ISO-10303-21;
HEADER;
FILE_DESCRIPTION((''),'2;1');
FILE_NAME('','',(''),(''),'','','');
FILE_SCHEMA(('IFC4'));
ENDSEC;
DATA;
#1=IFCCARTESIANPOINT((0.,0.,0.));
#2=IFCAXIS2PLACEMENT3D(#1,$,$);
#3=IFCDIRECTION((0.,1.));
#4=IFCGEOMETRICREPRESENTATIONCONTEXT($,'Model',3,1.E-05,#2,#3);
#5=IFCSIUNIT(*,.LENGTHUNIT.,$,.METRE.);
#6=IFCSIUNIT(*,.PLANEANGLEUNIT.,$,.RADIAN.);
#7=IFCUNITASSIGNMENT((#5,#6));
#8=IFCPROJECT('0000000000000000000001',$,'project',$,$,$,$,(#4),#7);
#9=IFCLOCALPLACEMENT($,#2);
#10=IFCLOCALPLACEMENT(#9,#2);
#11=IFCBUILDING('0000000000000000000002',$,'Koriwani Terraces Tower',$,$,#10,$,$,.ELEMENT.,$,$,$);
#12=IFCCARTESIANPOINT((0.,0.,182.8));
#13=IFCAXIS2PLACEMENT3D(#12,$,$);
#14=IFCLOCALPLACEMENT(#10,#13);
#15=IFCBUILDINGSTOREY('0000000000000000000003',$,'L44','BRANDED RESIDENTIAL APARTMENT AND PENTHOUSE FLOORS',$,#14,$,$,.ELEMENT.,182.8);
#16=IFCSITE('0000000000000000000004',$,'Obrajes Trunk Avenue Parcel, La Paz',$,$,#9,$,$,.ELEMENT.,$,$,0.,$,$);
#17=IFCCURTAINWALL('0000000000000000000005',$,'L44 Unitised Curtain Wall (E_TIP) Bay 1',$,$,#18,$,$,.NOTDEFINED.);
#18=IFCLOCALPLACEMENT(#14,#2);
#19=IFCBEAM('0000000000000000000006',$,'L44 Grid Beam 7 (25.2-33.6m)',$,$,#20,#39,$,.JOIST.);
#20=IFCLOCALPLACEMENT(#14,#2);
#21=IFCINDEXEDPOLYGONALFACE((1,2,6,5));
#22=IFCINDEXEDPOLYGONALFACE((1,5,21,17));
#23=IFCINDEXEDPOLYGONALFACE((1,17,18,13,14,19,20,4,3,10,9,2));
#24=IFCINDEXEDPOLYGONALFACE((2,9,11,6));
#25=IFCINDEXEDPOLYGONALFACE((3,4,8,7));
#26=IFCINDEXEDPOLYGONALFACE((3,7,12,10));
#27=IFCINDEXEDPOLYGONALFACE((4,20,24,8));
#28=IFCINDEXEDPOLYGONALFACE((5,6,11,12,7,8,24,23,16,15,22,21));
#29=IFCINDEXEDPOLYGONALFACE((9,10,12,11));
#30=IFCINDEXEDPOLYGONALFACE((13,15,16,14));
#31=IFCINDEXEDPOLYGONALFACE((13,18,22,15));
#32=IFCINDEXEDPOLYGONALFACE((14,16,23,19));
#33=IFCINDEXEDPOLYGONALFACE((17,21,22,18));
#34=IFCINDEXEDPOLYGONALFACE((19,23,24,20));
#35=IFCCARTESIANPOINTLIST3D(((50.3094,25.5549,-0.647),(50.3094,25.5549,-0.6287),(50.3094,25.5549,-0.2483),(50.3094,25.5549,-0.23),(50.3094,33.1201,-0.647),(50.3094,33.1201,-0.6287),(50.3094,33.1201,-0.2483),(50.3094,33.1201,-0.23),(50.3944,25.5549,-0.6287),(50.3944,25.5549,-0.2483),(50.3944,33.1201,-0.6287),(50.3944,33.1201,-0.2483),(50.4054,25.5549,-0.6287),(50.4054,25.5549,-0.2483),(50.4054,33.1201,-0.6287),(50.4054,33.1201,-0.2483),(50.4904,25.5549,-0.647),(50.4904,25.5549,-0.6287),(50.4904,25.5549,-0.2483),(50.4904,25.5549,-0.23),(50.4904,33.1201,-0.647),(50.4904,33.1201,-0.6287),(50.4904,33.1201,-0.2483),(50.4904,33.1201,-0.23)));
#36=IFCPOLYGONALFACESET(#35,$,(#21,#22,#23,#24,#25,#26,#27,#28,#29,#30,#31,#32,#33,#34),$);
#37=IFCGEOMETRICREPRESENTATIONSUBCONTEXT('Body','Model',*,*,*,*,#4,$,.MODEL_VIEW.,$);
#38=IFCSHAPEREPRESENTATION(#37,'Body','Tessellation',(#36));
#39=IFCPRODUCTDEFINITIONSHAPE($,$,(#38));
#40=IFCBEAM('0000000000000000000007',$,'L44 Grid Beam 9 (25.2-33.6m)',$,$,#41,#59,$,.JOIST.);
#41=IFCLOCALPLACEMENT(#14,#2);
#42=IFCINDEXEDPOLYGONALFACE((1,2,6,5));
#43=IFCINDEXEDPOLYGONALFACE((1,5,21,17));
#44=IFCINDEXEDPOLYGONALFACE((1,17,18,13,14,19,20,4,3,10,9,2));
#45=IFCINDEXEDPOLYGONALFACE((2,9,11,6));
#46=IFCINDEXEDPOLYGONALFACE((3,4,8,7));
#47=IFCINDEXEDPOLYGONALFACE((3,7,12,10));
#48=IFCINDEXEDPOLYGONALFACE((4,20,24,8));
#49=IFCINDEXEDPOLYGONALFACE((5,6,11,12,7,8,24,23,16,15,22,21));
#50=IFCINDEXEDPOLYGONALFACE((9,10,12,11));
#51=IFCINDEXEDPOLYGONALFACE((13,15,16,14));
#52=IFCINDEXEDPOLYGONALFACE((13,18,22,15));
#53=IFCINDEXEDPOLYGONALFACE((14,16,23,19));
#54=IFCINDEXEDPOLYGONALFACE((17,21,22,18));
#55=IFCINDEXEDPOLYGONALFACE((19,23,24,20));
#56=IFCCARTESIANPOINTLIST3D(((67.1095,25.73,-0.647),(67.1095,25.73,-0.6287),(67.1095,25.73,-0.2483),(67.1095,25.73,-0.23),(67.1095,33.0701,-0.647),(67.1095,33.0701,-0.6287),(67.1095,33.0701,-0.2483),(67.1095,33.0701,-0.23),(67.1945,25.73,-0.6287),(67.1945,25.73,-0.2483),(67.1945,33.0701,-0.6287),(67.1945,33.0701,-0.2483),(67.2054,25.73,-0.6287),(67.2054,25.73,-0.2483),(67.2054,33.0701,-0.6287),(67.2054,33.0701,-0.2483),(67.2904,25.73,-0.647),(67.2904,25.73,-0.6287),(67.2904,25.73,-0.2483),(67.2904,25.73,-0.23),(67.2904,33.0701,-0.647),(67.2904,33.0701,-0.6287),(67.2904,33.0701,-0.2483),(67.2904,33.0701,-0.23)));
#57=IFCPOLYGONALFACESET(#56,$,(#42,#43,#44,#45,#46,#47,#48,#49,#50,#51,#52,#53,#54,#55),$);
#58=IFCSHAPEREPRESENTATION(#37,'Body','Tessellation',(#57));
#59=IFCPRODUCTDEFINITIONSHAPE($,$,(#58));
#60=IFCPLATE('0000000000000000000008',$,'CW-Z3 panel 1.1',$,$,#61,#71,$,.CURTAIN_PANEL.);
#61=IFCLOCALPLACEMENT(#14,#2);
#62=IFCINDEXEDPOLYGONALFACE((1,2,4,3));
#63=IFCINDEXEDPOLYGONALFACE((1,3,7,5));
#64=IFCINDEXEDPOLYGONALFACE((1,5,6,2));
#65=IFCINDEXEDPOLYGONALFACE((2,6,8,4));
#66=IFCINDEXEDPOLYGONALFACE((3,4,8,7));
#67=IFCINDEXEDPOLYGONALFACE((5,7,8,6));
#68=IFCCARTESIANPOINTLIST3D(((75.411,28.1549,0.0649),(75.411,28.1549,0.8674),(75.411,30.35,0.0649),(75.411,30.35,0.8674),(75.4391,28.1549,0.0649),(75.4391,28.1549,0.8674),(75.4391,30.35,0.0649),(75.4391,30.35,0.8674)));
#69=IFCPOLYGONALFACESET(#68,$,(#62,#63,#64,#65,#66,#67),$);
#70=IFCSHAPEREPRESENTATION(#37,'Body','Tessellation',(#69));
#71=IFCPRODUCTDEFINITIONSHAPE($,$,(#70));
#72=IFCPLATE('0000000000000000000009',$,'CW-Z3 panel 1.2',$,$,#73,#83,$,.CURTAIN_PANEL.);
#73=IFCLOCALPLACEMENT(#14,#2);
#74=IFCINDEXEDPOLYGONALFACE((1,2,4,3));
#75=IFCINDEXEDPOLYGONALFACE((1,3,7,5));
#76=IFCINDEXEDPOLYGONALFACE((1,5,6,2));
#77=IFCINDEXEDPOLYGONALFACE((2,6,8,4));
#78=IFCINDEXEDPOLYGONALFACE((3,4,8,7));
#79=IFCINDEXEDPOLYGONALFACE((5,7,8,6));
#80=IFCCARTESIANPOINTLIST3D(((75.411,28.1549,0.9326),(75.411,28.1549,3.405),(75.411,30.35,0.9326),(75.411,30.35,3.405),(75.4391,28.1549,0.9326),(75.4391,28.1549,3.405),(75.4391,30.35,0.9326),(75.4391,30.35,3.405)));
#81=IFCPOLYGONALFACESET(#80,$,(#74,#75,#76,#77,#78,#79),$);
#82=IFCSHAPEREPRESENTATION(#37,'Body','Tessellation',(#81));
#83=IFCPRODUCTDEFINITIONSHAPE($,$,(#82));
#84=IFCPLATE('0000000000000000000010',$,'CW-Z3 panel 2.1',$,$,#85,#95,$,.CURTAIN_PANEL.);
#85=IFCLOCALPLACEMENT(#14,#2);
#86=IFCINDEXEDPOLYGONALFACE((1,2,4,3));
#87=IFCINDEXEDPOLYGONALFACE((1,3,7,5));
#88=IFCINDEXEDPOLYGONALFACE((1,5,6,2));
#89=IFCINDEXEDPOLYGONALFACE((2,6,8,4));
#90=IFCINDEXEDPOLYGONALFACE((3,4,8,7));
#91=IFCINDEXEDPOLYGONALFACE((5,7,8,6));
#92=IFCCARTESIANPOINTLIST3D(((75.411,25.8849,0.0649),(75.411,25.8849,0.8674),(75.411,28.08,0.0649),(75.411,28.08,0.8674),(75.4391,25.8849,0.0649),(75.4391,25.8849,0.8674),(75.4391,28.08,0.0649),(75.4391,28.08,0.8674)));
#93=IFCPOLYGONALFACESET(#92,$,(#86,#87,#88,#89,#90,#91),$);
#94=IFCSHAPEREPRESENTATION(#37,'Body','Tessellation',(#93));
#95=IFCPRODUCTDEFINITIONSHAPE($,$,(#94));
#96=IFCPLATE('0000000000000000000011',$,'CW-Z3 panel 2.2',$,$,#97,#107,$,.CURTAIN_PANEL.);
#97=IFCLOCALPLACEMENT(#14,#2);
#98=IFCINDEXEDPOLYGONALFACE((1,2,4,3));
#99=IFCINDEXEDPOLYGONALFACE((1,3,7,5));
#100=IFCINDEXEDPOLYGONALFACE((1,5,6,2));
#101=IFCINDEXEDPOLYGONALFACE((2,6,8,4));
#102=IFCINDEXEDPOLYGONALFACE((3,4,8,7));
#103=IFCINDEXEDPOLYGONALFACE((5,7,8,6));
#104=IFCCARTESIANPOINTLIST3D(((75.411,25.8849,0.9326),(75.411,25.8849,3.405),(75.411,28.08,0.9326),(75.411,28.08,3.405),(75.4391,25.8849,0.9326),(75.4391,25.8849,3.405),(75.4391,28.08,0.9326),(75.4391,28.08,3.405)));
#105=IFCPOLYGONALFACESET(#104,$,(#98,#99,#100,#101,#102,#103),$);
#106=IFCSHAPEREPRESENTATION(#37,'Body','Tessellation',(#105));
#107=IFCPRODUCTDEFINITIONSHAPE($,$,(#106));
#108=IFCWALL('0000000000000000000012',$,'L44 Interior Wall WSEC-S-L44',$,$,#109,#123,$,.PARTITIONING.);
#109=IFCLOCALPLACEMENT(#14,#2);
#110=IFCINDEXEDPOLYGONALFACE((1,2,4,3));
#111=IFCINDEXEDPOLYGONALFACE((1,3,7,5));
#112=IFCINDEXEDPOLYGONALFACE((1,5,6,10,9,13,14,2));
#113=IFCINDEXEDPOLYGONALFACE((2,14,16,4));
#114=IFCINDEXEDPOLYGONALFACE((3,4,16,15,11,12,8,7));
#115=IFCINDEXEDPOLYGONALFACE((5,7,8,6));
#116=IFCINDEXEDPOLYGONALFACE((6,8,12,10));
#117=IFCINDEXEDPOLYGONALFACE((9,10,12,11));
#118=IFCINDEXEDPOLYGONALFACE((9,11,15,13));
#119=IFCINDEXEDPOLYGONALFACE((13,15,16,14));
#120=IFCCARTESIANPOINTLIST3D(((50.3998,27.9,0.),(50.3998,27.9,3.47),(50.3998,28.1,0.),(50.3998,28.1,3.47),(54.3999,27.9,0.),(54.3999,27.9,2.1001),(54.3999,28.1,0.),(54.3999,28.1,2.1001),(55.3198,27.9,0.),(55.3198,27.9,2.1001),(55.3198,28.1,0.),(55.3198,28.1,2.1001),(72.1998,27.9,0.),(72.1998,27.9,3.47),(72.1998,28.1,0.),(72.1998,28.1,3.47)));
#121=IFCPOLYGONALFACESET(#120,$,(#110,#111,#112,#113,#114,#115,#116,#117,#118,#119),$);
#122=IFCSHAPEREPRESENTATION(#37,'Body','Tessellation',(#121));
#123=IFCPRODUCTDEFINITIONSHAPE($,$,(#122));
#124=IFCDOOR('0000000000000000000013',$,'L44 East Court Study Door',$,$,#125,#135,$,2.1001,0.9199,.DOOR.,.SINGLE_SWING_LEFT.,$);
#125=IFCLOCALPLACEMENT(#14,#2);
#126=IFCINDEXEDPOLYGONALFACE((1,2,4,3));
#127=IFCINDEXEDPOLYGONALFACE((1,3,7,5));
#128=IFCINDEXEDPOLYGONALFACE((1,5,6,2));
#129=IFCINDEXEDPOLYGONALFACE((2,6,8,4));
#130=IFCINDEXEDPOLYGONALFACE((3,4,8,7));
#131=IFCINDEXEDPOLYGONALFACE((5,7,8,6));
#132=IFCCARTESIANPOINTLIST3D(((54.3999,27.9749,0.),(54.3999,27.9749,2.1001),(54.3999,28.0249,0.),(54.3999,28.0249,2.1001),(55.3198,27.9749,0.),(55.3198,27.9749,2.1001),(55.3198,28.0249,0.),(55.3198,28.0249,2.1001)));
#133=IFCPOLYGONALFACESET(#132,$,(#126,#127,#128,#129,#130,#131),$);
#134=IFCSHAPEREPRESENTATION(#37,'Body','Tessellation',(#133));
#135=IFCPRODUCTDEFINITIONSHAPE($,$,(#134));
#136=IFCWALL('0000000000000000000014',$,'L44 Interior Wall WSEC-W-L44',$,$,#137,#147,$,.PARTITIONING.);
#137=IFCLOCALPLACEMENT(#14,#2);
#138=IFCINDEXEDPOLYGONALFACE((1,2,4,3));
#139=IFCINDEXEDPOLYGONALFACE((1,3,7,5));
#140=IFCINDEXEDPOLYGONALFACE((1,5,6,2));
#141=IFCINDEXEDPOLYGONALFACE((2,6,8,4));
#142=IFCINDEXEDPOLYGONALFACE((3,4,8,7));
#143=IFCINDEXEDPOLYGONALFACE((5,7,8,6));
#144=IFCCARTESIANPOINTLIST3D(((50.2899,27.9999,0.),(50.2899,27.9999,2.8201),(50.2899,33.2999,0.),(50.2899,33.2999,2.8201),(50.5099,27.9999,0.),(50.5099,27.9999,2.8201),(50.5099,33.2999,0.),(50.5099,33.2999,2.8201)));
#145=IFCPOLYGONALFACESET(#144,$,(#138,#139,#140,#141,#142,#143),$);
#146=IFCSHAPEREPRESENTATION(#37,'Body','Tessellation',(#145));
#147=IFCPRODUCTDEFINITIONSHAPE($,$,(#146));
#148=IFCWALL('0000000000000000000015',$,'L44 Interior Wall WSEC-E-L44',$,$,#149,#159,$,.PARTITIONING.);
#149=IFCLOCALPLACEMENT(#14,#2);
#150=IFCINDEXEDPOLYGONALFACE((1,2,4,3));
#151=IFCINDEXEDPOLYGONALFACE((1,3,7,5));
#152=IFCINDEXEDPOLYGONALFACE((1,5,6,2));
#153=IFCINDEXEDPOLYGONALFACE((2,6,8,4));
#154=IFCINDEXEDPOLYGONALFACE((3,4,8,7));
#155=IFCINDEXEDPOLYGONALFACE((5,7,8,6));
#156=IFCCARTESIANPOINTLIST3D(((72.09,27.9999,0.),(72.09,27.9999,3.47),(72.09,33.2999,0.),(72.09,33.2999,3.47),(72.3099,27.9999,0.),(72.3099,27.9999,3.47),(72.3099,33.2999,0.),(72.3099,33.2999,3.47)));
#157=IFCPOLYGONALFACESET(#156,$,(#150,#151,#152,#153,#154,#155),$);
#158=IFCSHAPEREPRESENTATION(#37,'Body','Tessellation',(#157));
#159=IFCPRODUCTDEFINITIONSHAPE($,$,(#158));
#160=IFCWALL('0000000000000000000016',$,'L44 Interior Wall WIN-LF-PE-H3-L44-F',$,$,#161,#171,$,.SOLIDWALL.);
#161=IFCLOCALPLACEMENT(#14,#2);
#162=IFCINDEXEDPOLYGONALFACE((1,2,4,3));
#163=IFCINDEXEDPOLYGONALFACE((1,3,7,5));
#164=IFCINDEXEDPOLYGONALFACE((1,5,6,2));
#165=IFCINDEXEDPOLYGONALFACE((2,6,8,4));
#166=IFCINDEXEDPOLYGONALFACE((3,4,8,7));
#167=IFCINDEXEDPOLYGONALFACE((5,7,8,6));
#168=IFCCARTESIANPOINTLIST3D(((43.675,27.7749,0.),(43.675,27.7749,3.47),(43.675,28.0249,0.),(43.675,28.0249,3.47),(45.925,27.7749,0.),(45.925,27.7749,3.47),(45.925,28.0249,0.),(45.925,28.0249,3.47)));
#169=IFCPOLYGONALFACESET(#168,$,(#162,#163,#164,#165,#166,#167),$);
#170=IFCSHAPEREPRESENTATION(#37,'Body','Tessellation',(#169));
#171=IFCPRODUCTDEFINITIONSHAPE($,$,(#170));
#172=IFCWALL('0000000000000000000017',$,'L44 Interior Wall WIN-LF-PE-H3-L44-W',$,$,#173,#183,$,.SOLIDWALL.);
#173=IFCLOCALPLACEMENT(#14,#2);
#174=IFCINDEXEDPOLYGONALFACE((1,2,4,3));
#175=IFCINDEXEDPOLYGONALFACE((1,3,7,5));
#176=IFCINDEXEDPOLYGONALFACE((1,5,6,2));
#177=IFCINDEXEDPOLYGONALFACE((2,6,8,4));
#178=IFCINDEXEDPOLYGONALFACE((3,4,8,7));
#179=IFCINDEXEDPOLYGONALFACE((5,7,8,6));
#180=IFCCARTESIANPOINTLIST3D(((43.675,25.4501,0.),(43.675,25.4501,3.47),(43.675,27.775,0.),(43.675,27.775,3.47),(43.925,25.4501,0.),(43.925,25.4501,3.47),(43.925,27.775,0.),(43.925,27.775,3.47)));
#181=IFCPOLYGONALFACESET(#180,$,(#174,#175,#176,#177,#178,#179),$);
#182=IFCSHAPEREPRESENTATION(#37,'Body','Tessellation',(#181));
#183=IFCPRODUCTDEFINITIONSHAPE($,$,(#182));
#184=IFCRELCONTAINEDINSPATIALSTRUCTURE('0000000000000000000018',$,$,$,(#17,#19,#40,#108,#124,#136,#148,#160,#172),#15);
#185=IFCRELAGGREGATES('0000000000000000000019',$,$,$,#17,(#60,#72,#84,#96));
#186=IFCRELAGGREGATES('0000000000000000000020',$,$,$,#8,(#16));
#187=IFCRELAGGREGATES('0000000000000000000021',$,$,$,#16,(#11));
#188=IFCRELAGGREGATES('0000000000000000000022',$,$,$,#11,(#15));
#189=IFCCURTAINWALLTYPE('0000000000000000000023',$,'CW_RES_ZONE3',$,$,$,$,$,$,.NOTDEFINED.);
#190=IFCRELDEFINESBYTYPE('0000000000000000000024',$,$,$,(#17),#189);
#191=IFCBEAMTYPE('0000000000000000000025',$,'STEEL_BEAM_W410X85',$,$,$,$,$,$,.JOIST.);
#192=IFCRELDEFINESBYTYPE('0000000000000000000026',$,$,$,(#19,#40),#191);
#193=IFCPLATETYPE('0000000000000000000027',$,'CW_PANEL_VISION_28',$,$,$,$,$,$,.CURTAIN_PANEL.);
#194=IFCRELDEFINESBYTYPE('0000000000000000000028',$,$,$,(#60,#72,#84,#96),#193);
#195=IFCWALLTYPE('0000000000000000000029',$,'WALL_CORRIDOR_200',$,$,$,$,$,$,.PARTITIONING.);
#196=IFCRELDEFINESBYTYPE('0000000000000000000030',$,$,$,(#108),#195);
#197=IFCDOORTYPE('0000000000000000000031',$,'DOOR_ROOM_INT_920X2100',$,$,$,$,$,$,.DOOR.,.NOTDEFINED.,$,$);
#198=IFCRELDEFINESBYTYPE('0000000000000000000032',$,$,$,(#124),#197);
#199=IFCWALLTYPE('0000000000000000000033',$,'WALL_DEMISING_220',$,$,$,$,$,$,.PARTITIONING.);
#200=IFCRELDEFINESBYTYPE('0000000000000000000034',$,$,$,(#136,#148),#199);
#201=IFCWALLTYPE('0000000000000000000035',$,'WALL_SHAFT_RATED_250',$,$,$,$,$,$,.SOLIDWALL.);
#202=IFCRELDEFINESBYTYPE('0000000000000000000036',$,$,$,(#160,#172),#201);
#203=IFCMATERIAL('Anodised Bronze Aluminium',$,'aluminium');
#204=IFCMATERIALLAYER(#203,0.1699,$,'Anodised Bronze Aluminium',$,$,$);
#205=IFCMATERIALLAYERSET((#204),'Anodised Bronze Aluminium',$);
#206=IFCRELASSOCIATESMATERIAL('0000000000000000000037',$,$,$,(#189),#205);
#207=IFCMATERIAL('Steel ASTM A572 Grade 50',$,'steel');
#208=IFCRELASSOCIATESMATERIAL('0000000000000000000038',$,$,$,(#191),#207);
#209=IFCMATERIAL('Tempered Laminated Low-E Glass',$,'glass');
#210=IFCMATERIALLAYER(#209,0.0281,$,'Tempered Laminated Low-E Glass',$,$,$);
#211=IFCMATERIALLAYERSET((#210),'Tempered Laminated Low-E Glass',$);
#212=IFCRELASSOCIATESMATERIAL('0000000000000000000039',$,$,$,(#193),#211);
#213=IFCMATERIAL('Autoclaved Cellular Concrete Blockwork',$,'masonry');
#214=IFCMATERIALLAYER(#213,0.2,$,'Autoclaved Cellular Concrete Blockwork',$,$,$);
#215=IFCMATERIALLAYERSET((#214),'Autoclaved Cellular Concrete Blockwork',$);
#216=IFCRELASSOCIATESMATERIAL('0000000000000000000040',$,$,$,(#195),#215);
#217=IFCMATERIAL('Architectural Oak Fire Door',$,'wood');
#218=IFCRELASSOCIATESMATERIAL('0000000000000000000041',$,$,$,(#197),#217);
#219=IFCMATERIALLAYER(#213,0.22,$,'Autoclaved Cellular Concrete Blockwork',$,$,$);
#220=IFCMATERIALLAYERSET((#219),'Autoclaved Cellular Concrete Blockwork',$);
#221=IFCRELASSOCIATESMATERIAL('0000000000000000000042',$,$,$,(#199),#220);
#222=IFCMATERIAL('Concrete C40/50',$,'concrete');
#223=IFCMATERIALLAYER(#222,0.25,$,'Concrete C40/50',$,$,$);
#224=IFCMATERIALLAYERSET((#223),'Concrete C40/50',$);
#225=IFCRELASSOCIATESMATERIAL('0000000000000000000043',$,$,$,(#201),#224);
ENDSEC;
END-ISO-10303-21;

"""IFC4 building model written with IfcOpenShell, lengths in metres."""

from ifc_helpers import new_model, si_unit, direction, frame, frame_2d, origin, origin_2d, place, context, subcontext, project, spatial, rectangle, i_section, extrude, material, layer, layer_set, material_profile, profile_set, type_object, element, fill, aggregate, save


model = new_model("IFC4")

# Units and contexts
model_context = context("Model", 3, precision=1e-05, world=origin(), true_north=direction((0.0, 1.0)))
body_context = subcontext(model_context, "Body", "Model", "MODEL_VIEW")
ifc_project = project(units=[si_unit("LENGTHUNIT", "METRE"), si_unit("PLANEANGLEUNIT", "RADIAN")], contexts=[model_context])

# Site, building, storey
site_placement = place(None, origin())
site = spatial("IfcSite", under=ifc_project, at=site_placement, Name="Obrajes Trunk Avenue Parcel, La Paz", CompositionType="ELEMENT", RefElevation=0.0)
building_placement = place(site_placement, origin())
building = spatial("IfcBuilding", under=site, at=building_placement, Name="Koriwani Terraces Tower", CompositionType="ELEMENT")
storey_placement = place(building_placement, frame((0.0, 0.0, 182.8)))
storey = spatial("IfcBuildingStorey", under=building, at=storey_placement, Name="L44", Description="BRANDED RESIDENTIAL APARTMENT AND PENTHOUSE FLOORS", CompositionType="ELEMENT", Elevation=182.8)

# Curtain wall
ifc_material_1 = material(Name="Anodised Bronze Aluminium", Category="aluminium")
ifc_layer_1 = layer(ifc_material_1, 0.1699, Name="Anodised Bronze Aluminium")
ifc_layer_set_1 = layer_set([ifc_layer_1], Name="Anodised Bronze Aluminium")
curtain_wall_type = type_object("IfcCurtainWallType", Name="CW_RES_ZONE3", PredefinedType="NOTDEFINED", material=ifc_layer_set_1)
curtain_wall_placement = place(storey_placement, origin())
curtain_wall = element("IfcCurtainWall", 1, at=curtain_wall_placement, inside=storey, type_object=curtain_wall_type, Name="L44 Unitised Curtain Wall (E_TIP) Bay 1", PredefinedType="NOTDEFINED")

# Beams
ifc_material_2 = material(Name="Steel ASTM A572 Grade 50", Category="steel")
ifc_material_profile_1 = material_profile(ifc_material_2, i_section(OverallWidth=0.1809, OverallDepth=0.417, WebThickness=0.011, FlangeThickness=0.0183, at=origin_2d()), Name="Steel ASTM A572 Grade 50", Category="LoadBearing")
ifc_profile_set_1 = profile_set([ifc_material_profile_1], Name="Steel ASTM A572 Grade 50")
beam_type_1 = type_object("IfcBeamType", Name="STEEL_BEAM_W410X85", PredefinedType="JOIST", material=ifc_profile_set_1)
beam_1_placement = place(storey_placement, frame((50.3999, 25.5549, -0.4385), z_axis=(0.0, 1.0, 0.0), x_axis=(-1.0, 0.0, 0.0)))
element("IfcBeam", 2, at=beam_1_placement, inside=storey, type_object=beam_type_1, Name="L44 Grid Beam 7 (25.2-33.6m)", PredefinedType="JOIST", context=body_context, shape_type="SweptSolid", body=[
    extrude(i_section(OverallWidth=0.1809, OverallDepth=0.417, WebThickness=0.011, FlangeThickness=0.0183, at=origin_2d()), origin(), (0.0, 0.0, 1.0), 7.5652),
])
beam_2_placement = place(storey_placement, frame((67.2, 25.73, -0.4385), z_axis=(0.0, 1.0, 0.0), x_axis=(-1.0, 0.0, 0.0)))
element("IfcBeam", 3, at=beam_2_placement, inside=storey, type_object=beam_type_1, Name="L44 Grid Beam 9 (25.2-33.6m)", PredefinedType="JOIST", context=body_context, shape_type="SweptSolid", body=[
    extrude(i_section(OverallWidth=0.1809, OverallDepth=0.417, WebThickness=0.011, FlangeThickness=0.0183, at=origin_2d()), origin(), (0.0, 0.0, 1.0), 7.3401),
])

# Plates
ifc_material_3 = material(Name="Tempered Laminated Low-E Glass", Category="glass")
ifc_layer_2 = layer(ifc_material_3, 0.0281, Name="Tempered Laminated Low-E Glass")
ifc_layer_set_2 = layer_set([ifc_layer_2], Name="Tempered Laminated Low-E Glass")
plate_type = type_object("IfcPlateType", Name="CW_PANEL_VISION_28", PredefinedType="CURTAIN_PANEL", material=ifc_layer_set_2)
plate_1_placement = place(storey_placement, frame((75.425, 29.2524, 0.0649), z_axis=(0.0, 0.0, 1.0), x_axis=(0.0, -1.0, 0.0)))
plate_1 = element("IfcPlate", 4, at=plate_1_placement, type_object=plate_type, Name="CW-Z3 panel 1.1", PredefinedType="CURTAIN_PANEL", context=body_context, shape_type="SweptSolid", body=[
    extrude(rectangle(XDim=2.1951, YDim=0.0281, at=origin_2d()), origin(), (0.0, 0.0, 1.0), 0.8025),
])
plate_2_placement = place(storey_placement, frame((75.425, 29.2524, 0.9326), z_axis=(0.0, 0.0, 1.0), x_axis=(0.0, -1.0, 0.0)))
plate_2 = element("IfcPlate", 5, at=plate_2_placement, type_object=plate_type, Name="CW-Z3 panel 1.2", PredefinedType="CURTAIN_PANEL", context=body_context, shape_type="SweptSolid", body=[
    extrude(rectangle(XDim=2.1951, YDim=0.0281, at=origin_2d()), origin(), (0.0, 0.0, 1.0), 2.4724),
])
plate_3_placement = place(storey_placement, frame((75.425, 26.9824, 0.0649), z_axis=(0.0, 0.0, 1.0), x_axis=(0.0, -1.0, 0.0)))
plate_3 = element("IfcPlate", 6, at=plate_3_placement, type_object=plate_type, Name="CW-Z3 panel 2.1", PredefinedType="CURTAIN_PANEL", context=body_context, shape_type="SweptSolid", body=[
    extrude(rectangle(XDim=2.1951, YDim=0.0281, at=origin_2d()), origin(), (0.0, 0.0, 1.0), 0.8025),
])
plate_4_placement = place(storey_placement, frame((75.425, 26.9824, 0.9326), z_axis=(0.0, 0.0, 1.0), x_axis=(0.0, -1.0, 0.0)))
plate_4 = element("IfcPlate", 7, at=plate_4_placement, type_object=plate_type, Name="CW-Z3 panel 2.2", PredefinedType="CURTAIN_PANEL", context=body_context, shape_type="SweptSolid", body=[
    extrude(rectangle(XDim=2.1951, YDim=0.0281, at=origin_2d()), origin(), (0.0, 0.0, 1.0), 2.4724),
])
aggregate(curtain_wall, [plate_1, plate_2, plate_3, plate_4])

# Wall, opening, door
ifc_material_4 = material(Name="Autoclaved Cellular Concrete Blockwork", Category="masonry")
ifc_layer_3 = layer(ifc_material_4, 0.2, Name="Autoclaved Cellular Concrete Blockwork")
ifc_layer_set_3 = layer_set([ifc_layer_3], Name="Autoclaved Cellular Concrete Blockwork")
wall_type_1 = type_object("IfcWallType", Name="WALL_CORRIDOR_200", PredefinedType="PARTITIONING", material=ifc_layer_set_3)
wall_1_placement = place(storey_placement, frame((50.3999, 28.0, 0.0), z_axis=(0.0, 0.0, 1.0), x_axis=(1.0, 0.0, 0.0)))
wall_1 = element("IfcWall", 8, at=wall_1_placement, inside=storey, type_object=wall_type_1, Name="L44 Interior Wall WSEC-S-L44", PredefinedType="PARTITIONING", context=body_context, shape_type="SweptSolid", body=[
    extrude(rectangle(XDim=21.8, YDim=0.2, at=frame_2d((10.8999, 0.0))), origin(), (0.0, 0.0, 1.0), 3.47),
])
opening_placement = place(wall_1_placement, frame((4.0, 0.0, 0.0)))
opening = element("IfcOpeningElement", 9, at=opening_placement, cuts=wall_1, PredefinedType="OPENING", context=body_context, shape_type="SweptSolid", body=[
    extrude(rectangle(XDim=0.9199, YDim=2.1001, at=frame_2d((0.46, 1.05))), frame((0.0, 0.1099, 0.0), z_axis=(0.0, -1.0, 0.0), x_axis=(1.0, 0.0, 0.0)), (0.0, 0.0, 1.0), 0.22),
])
ifc_material_5 = material(Name="Architectural Oak Fire Door", Category="wood")
door_type = type_object("IfcDoorType", Name="DOOR_ROOM_INT_920X2100", OperationType="NOTDEFINED", PredefinedType="DOOR", material=ifc_material_5)
door_placement = place(opening_placement, origin())
door = element("IfcDoor", 10, at=door_placement, inside=storey, type_object=door_type, Name="L44 East Court Study Door", OperationType="SINGLE_SWING_LEFT", OverallHeight=2.1001, OverallWidth=0.9199, PredefinedType="DOOR", context=body_context, shape_type="SweptSolid", body=[
    extrude(rectangle(XDim=0.9199, YDim=2.1001, at=frame_2d((0.46, 1.05))), frame((0.0, 0.0249, 0.0), z_axis=(0.0, -1.0, 0.0), x_axis=(1.0, 0.0, 0.0)), (0.0, 0.0, 1.0), 0.05),
])
fill(opening, door)

# Walls
ifc_layer_4 = layer(ifc_material_4, 0.22, Name="Autoclaved Cellular Concrete Blockwork")
ifc_layer_set_4 = layer_set([ifc_layer_4], Name="Autoclaved Cellular Concrete Blockwork")
wall_type_2 = type_object("IfcWallType", Name="WALL_DEMISING_220", PredefinedType="PARTITIONING", material=ifc_layer_set_4)
wall_2_placement = place(storey_placement, frame((50.3999, 28.0, 0.0), z_axis=(0.0, 0.0, 1.0), x_axis=(0.0, 1.0, 0.0)))
element("IfcWall", 11, at=wall_2_placement, inside=storey, type_object=wall_type_2, Name="L44 Interior Wall WSEC-W-L44", PredefinedType="PARTITIONING", context=body_context, shape_type="SweptSolid", body=[
    extrude(rectangle(XDim=5.3, YDim=0.22, at=frame_2d((2.6499, 0.0))), origin(), (0.0, 0.0, 1.0), 2.8201),
])
wall_3_placement = place(storey_placement, frame((72.2, 28.0, 0.0), z_axis=(0.0, 0.0, 1.0), x_axis=(0.0, 1.0, 0.0)))
element("IfcWall", 12, at=wall_3_placement, inside=storey, type_object=wall_type_2, Name="L44 Interior Wall WSEC-E-L44", PredefinedType="PARTITIONING", context=body_context, shape_type="SweptSolid", body=[
    extrude(rectangle(XDim=5.3, YDim=0.22, at=frame_2d((2.6499, 0.0))), origin(), (0.0, 0.0, 1.0), 3.47),
])
ifc_material_6 = material(Name="Concrete C40/50", Category="concrete")
ifc_layer_5 = layer(ifc_material_6, 0.25, Name="Concrete C40/50")
ifc_layer_set_5 = layer_set([ifc_layer_5], Name="Concrete C40/50")
wall_type_3 = type_object("IfcWallType", Name="WALL_SHAFT_RATED_250", PredefinedType="SOLIDWALL", material=ifc_layer_set_5)
wall_4_placement = place(storey_placement, frame((43.675, 27.8999, 0.0), z_axis=(0.0, 0.0, 1.0), x_axis=(1.0, 0.0, 0.0)))
element("IfcWall", 13, at=wall_4_placement, inside=storey, type_object=wall_type_3, Name="L44 Interior Wall WIN-LF-PE-H3-L44-F", PredefinedType="SOLIDWALL", context=body_context, shape_type="SweptSolid", body=[
    extrude(rectangle(XDim=2.25, YDim=0.25, at=frame_2d((1.125, 0.0))), origin(), (0.0, 0.0, 1.0), 3.47),
])
for number, where, z_axis, x_axis, name in (
    (14, (43.8, 25.45, 0.0), (0.0, 0.0, 1.0), (0.0, 1.0, 0.0), "L44 Interior Wall WIN-LF-PE-H3-L44-W"),
):
    element("IfcWall", number, at=place(storey_placement, frame(where, z_axis=z_axis, x_axis=x_axis)), inside=storey, type_object=wall_type_3, Name=name, PredefinedType="SOLIDWALL", context=body_context, shape_type="SweptSolid", body=[
        extrude(rectangle(XDim=2.325, YDim=0.25, at=frame_2d((1.1626, 0.0))), origin(), (0.0, 0.0, 1.0), 3.47),
    ])

save(model, "model.ifc")
